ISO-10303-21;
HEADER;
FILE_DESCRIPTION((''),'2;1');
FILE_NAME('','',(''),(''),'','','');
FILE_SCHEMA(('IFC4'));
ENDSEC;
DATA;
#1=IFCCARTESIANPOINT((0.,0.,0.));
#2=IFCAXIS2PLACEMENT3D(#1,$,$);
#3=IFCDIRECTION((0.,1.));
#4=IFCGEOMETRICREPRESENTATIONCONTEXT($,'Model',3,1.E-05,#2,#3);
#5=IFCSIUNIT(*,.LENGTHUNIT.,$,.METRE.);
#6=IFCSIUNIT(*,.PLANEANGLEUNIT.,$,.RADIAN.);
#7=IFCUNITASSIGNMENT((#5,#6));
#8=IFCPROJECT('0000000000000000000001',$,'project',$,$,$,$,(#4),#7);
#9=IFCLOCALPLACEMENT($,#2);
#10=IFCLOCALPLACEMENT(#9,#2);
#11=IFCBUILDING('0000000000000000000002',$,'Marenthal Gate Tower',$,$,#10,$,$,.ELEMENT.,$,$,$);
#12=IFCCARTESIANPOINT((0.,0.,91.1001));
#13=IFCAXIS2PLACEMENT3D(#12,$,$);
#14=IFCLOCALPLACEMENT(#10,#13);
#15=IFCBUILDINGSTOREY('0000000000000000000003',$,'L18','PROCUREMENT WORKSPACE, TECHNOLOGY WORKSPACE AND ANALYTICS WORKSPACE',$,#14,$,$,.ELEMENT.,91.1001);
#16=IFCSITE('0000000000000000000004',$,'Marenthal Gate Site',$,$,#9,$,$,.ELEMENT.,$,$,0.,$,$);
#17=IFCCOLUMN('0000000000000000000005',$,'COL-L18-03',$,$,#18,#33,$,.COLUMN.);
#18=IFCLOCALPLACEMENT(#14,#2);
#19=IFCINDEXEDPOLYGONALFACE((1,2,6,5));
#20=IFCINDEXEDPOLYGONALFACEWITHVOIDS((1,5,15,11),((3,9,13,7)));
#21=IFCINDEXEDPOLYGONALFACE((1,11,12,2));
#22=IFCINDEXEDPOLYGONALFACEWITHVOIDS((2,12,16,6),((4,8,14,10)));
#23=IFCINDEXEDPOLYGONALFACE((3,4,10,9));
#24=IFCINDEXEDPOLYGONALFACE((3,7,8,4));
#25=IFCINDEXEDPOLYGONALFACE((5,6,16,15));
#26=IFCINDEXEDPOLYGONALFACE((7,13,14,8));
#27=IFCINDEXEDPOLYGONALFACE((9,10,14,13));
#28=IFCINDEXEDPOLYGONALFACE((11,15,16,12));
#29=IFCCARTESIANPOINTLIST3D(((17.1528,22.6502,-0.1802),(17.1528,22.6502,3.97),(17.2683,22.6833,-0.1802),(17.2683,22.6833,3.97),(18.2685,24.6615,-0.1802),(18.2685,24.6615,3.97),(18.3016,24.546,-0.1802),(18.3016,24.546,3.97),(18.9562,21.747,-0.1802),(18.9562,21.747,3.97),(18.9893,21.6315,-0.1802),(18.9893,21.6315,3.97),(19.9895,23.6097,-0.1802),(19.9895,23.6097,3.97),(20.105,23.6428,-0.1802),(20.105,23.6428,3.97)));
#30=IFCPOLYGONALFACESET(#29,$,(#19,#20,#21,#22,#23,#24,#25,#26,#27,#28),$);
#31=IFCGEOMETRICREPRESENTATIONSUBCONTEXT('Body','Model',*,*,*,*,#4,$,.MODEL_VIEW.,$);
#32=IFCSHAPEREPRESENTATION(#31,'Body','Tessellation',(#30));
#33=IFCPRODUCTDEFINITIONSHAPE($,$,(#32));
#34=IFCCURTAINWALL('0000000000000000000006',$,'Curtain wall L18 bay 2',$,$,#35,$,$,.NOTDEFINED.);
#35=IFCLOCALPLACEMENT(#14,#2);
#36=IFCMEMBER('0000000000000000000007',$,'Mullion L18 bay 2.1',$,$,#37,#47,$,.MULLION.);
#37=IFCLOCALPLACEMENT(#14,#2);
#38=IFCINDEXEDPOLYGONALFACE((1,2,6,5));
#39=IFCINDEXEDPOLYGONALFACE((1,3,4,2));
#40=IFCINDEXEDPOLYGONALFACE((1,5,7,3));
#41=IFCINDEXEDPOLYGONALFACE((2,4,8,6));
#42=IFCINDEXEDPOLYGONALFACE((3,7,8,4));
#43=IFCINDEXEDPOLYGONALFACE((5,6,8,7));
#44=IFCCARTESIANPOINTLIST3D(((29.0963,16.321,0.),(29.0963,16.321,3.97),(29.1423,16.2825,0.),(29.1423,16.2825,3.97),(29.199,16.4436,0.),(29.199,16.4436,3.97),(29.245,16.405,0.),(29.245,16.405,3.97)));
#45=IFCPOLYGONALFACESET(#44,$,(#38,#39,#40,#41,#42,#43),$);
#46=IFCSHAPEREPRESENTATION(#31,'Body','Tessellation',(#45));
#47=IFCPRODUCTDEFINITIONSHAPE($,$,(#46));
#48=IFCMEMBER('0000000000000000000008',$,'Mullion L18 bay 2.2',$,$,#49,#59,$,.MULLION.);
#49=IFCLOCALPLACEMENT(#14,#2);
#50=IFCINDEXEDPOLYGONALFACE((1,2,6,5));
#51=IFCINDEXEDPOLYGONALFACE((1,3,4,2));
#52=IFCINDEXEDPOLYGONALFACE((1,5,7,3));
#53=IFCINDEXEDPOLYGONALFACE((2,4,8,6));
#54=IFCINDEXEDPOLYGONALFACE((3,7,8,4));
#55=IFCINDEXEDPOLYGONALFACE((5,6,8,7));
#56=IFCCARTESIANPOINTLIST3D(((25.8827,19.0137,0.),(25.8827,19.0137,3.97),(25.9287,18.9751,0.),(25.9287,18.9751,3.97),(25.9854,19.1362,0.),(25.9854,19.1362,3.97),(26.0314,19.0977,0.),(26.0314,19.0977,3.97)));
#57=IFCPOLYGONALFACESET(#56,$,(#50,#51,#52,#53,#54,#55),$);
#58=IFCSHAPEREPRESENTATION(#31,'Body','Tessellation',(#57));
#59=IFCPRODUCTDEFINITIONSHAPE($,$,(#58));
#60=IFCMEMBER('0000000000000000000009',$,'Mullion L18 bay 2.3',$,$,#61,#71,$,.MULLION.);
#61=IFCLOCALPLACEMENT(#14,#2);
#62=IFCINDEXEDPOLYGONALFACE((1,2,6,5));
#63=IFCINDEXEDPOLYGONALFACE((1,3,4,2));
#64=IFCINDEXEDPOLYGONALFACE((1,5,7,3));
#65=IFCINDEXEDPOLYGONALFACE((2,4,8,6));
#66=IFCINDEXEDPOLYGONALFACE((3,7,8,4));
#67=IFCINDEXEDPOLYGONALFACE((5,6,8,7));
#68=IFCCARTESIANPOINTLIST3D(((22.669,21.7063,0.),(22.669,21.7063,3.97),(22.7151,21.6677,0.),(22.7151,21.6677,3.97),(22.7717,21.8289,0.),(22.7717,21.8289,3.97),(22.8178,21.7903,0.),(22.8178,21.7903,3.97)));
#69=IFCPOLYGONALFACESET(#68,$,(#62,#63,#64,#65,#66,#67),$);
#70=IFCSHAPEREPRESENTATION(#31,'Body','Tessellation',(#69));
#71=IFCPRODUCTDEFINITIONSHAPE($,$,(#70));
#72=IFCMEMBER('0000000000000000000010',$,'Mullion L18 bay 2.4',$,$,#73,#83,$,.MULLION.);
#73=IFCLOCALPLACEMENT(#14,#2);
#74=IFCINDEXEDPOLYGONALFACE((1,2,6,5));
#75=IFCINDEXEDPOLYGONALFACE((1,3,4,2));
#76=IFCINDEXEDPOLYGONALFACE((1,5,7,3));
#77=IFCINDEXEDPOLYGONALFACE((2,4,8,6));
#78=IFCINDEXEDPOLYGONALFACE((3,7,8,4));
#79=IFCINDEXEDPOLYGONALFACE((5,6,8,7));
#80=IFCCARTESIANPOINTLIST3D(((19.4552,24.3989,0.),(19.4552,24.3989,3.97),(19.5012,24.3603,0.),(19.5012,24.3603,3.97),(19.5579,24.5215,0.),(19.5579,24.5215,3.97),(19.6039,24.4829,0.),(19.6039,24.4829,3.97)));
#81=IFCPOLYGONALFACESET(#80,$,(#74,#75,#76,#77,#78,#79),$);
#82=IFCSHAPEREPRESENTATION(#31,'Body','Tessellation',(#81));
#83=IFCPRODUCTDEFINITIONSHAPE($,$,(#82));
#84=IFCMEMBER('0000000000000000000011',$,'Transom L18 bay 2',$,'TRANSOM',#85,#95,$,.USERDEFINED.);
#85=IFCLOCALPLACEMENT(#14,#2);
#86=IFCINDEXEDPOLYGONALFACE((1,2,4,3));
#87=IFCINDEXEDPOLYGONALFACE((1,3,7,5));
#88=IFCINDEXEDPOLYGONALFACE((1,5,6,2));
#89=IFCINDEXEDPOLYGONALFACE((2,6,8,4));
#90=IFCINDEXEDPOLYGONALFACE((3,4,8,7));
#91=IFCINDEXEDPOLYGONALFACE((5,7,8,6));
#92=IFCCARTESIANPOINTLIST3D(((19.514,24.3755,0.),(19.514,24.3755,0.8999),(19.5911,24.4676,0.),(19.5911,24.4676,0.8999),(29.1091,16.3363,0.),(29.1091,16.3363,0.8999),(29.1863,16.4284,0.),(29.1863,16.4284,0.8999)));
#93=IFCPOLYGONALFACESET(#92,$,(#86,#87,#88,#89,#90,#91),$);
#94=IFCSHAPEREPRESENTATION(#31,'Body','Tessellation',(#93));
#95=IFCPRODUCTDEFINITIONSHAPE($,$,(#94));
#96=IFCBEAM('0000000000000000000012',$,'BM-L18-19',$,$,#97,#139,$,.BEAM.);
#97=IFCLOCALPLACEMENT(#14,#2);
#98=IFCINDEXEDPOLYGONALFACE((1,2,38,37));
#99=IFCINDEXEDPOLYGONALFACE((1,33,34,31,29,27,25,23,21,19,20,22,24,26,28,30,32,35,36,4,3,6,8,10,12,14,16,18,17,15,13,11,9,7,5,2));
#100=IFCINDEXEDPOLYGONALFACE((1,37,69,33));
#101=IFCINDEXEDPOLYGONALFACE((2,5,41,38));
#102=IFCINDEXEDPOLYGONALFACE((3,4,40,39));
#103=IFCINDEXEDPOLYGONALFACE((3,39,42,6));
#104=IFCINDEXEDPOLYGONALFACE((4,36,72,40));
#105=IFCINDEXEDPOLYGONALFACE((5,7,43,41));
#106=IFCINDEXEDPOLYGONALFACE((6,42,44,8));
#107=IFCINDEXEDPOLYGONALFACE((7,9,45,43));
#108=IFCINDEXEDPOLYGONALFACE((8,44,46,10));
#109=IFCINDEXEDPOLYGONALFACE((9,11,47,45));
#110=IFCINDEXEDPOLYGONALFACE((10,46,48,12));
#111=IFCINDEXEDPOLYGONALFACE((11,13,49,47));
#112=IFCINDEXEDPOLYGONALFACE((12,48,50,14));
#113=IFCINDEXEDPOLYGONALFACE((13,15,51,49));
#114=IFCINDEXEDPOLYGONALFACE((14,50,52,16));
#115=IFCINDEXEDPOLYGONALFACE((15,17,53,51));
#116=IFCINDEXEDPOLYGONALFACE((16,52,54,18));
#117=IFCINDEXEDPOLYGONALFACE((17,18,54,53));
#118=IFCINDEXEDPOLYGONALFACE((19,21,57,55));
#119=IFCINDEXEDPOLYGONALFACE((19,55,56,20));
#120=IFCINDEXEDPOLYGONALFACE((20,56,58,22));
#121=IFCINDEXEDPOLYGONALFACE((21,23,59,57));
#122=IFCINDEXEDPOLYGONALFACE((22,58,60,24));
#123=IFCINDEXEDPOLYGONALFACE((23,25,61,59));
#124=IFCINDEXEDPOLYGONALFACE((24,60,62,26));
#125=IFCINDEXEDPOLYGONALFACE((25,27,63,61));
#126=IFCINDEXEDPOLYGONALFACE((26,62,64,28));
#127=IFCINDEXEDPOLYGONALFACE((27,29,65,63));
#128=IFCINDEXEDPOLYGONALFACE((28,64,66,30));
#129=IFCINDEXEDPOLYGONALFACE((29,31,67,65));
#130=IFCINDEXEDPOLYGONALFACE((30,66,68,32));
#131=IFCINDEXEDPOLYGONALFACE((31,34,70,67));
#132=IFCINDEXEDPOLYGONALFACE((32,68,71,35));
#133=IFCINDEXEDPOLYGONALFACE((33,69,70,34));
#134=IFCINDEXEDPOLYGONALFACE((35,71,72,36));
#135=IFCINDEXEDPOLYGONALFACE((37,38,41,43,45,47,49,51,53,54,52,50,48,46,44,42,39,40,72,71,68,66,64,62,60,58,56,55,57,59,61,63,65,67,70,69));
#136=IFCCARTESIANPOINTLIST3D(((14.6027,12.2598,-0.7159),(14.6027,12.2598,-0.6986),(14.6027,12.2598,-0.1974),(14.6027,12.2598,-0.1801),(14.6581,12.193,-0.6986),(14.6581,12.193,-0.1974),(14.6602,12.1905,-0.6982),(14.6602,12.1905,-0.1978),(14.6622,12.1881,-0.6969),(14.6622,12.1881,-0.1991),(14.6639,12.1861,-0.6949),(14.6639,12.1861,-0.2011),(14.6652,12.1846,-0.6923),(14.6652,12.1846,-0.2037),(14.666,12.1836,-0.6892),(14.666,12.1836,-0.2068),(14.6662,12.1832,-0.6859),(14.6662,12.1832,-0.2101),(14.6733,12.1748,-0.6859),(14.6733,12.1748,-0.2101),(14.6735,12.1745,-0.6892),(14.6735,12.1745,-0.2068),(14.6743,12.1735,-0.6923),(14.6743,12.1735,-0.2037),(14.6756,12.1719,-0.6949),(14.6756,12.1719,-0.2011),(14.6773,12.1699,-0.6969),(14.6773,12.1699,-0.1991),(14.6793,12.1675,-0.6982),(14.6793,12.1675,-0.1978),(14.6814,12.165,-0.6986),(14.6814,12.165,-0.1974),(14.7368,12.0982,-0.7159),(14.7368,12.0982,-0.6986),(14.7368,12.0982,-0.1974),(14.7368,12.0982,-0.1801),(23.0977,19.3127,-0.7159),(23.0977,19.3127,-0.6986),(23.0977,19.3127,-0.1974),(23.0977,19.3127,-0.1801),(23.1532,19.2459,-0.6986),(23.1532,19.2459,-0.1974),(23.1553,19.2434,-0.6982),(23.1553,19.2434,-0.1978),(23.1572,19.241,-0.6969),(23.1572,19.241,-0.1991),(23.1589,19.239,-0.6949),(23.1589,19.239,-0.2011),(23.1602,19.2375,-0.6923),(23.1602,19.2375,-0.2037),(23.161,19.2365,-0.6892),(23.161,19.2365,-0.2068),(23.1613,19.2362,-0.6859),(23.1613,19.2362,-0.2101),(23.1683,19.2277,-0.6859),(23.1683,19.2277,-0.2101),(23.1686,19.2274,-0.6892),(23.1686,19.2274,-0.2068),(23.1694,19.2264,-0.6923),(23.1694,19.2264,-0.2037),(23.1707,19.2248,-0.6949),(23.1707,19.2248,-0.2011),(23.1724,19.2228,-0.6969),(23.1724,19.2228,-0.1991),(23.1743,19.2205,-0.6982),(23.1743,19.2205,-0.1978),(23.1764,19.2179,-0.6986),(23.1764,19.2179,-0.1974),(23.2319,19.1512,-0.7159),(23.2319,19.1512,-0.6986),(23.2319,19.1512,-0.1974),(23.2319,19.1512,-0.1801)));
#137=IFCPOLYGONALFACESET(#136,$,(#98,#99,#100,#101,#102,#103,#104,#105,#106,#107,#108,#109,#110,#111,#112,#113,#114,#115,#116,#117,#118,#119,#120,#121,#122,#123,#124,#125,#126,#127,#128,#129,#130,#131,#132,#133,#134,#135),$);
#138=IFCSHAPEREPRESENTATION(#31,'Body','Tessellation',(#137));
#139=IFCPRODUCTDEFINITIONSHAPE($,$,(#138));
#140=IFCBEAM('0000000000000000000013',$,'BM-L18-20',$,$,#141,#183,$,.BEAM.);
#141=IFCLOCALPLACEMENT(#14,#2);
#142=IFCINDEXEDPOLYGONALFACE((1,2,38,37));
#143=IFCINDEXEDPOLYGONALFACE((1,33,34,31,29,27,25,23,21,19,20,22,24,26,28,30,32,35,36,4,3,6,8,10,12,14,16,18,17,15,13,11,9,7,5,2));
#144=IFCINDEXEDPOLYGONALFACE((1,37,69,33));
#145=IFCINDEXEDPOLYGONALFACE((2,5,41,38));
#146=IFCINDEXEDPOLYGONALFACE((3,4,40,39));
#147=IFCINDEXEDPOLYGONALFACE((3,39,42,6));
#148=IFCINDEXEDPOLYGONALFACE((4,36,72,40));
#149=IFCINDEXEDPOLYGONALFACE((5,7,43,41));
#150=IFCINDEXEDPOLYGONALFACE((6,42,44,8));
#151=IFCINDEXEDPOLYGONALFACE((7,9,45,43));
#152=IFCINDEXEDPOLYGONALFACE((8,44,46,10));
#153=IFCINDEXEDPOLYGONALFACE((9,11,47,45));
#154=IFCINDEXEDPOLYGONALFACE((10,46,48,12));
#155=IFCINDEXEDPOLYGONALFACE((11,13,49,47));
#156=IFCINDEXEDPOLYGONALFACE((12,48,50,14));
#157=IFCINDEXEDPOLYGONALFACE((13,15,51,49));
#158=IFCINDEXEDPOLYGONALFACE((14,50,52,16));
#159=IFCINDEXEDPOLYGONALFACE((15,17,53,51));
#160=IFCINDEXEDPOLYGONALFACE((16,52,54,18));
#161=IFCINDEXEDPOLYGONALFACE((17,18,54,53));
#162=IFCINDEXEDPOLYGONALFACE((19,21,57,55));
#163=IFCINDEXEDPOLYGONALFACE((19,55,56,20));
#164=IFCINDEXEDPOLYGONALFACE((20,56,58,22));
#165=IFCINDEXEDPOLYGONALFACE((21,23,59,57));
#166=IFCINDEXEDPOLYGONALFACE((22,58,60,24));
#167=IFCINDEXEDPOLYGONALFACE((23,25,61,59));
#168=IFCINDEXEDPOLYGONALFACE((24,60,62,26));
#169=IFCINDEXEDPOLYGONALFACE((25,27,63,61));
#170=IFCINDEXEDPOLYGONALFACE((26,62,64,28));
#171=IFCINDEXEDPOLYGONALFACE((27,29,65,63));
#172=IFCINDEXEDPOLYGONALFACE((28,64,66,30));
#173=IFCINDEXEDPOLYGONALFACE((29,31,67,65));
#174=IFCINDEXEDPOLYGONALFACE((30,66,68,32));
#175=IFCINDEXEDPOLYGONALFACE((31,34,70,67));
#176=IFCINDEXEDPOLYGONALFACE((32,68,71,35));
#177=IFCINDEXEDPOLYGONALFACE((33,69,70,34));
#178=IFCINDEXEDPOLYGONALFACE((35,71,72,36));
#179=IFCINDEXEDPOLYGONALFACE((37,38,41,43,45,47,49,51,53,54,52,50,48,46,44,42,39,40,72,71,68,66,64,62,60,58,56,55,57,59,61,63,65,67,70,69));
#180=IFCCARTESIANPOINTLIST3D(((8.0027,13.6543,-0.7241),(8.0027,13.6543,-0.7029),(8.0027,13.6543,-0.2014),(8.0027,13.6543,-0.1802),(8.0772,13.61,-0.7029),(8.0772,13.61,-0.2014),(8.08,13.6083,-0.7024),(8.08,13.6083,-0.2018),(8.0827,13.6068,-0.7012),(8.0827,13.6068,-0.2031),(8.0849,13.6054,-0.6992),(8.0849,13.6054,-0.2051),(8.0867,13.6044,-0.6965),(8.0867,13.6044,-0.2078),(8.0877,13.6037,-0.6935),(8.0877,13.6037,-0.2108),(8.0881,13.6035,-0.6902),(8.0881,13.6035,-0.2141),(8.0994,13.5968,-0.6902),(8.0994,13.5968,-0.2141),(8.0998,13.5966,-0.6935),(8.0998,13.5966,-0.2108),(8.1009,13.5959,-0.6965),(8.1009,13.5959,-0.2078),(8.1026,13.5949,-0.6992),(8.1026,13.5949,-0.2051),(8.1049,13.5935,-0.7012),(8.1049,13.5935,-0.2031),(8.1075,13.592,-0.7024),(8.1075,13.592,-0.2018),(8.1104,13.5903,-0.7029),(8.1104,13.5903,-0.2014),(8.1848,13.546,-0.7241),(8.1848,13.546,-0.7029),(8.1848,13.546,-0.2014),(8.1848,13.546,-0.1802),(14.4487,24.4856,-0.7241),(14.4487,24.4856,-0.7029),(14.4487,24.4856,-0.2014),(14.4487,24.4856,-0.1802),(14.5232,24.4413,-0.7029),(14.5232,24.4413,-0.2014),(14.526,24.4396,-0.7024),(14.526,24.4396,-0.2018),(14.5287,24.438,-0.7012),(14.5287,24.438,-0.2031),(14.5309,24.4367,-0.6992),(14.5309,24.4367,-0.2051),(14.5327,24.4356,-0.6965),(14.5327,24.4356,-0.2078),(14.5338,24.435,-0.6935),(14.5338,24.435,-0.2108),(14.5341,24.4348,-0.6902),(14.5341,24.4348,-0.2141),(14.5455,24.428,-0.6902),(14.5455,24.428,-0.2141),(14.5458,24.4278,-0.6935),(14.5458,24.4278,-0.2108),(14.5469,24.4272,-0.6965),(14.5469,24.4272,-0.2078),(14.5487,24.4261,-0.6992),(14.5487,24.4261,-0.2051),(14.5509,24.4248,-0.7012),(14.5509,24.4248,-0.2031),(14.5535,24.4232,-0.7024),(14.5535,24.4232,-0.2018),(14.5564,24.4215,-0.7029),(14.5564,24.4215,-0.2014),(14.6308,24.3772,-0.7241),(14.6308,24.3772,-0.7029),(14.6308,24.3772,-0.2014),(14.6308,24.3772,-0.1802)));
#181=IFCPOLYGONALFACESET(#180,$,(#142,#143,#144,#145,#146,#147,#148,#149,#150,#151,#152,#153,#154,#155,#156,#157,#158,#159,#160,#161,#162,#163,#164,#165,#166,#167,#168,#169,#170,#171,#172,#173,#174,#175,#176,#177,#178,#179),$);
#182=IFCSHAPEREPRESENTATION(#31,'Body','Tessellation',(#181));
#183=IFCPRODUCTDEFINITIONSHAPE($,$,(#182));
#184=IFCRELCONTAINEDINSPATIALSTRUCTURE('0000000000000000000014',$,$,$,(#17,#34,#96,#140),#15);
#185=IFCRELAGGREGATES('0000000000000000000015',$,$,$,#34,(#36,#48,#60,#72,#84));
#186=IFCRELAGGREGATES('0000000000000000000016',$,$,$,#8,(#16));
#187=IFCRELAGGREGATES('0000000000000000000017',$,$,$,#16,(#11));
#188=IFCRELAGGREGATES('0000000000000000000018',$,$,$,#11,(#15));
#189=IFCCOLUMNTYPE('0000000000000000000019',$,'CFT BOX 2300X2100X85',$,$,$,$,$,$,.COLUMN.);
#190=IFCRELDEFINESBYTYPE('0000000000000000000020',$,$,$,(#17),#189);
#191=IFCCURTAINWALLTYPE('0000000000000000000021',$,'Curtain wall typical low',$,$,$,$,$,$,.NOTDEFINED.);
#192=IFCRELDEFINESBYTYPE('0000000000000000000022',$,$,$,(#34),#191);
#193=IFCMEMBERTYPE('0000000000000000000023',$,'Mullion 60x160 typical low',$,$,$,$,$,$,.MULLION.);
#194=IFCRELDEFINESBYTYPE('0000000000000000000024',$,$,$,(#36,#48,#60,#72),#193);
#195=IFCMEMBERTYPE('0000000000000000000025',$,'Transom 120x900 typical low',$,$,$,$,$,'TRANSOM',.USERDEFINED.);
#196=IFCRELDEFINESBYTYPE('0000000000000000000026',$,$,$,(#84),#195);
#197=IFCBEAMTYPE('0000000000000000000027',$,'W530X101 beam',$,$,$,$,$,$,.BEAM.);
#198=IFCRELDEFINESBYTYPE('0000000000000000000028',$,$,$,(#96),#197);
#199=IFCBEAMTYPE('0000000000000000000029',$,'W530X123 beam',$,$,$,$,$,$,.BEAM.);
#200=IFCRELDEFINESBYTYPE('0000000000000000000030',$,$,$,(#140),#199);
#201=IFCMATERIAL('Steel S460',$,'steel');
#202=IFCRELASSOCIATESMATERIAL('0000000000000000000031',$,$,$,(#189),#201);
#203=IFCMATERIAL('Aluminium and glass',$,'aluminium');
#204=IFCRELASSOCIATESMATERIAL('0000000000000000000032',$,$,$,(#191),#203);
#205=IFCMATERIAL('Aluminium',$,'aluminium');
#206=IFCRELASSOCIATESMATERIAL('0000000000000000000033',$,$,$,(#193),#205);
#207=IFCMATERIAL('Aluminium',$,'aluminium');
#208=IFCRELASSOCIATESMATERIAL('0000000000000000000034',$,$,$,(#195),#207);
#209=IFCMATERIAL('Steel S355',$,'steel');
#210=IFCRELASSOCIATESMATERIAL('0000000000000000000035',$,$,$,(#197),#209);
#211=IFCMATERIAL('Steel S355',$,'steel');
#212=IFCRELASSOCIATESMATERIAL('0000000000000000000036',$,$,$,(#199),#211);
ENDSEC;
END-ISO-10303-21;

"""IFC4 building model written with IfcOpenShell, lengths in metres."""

from ifc_helpers import new_model, si_unit, direction, frame, origin, origin_2d, place, context, subcontext, project, spatial, rectangle, hollow_rectangle, i_section, extrude, material, material_profile, profile_set, type_object, element, aggregate, save


model = new_model("IFC4")

# Units and contexts
model_context = context("Model", 3, precision=1e-05, world=origin(), true_north=direction((0.0, 1.0)))
body_context = subcontext(model_context, "Body", "Model", "MODEL_VIEW")
ifc_project = project(units=[si_unit("LENGTHUNIT", "METRE"), si_unit("PLANEANGLEUNIT", "RADIAN")], contexts=[model_context])

# Site, building, storey
site_placement = place(None, origin())
site = spatial("IfcSite", under=ifc_project, at=site_placement, Name="Marenthal Gate Site", CompositionType="ELEMENT", RefElevation=0.0)
building_placement = place(site_placement, origin())
building = spatial("IfcBuilding", under=site, at=building_placement, Name="Marenthal Gate Tower", CompositionType="ELEMENT")
storey_placement = place(building_placement, frame((0.0, 0.0, 91.1001)))
storey = spatial("IfcBuildingStorey", under=building, at=storey_placement, Name="L18", Description="PROCUREMENT WORKSPACE, TECHNOLOGY WORKSPACE AND ANALYTICS WORKSPACE", CompositionType="ELEMENT", Elevation=91.1001)

# Column
ifc_material_1 = material(Name="Steel S460", Category="steel")
ifc_material_profile_1 = material_profile(ifc_material_1, hollow_rectangle(XDim=2.1001, YDim=2.3, WallThickness=0.085, at=origin_2d()), Name="CFT BOX 2300X2100X85")
ifc_material_2 = material(Name="Concrete 70 MPa", Category="concrete")
ifc_material_profile_2 = material_profile(ifc_material_2, rectangle(XDim=1.9299, YDim=2.1299, at=origin_2d()), Name="CFT BOX 2300X2100X85 INFILL")
ifc_profile_set_1 = profile_set([ifc_material_profile_1, ifc_material_profile_2], Name="Steel S460 shell, Concrete 70 MPa infill")
column_type = type_object("IfcColumnType", Name="CFT BOX 2300X2100X85", PredefinedType="COLUMN", material=ifc_profile_set_1)
column_placement = place(storey_placement, frame((18.6289, 23.1465, -0.1802), z_axis=(0.0, 0.0, 1.0), x_axis=(0.874462, -0.485094, 0.0)))
element("IfcColumn", 1, at=column_placement, inside=storey, type_object=column_type, Name="COL-L18-03", PredefinedType="COLUMN", context=body_context, shape_type="SweptSolid", body=[
    extrude(hollow_rectangle(XDim=2.1001, YDim=2.3, WallThickness=0.085, at=origin_2d()), origin(), (0.0, 0.0, 1.0), 4.1501),
])

# Curtain wall, members
ifc_material_3 = material(Name="Aluminium and glass", Category="aluminium")
curtain_wall_type = type_object("IfcCurtainWallType", Name="Curtain wall typical low", PredefinedType="NOTDEFINED", material=ifc_material_3)
curtain_wall_placement = place(storey_placement, origin())
curtain_wall = element("IfcCurtainWall", 2, at=curtain_wall_placement, inside=storey, type_object=curtain_wall_type, Name="Curtain wall L18 bay 2", PredefinedType="NOTDEFINED")
ifc_material_4 = material(Name="Aluminium", Category="aluminium")
ifc_material_profile_3 = material_profile(ifc_material_4, rectangle(XDim=0.1599, YDim=0.0601, at=origin_2d()), Name="60x160 aluminium mullion")
ifc_profile_set_2 = profile_set([ifc_material_profile_3], Name="Aluminium")
member_type_1 = type_object("IfcMemberType", Name="Mullion 60x160 typical low", PredefinedType="MULLION", material=ifc_profile_set_2)
member_1_placement = place(storey_placement, frame((29.1707, 16.363, 0.0), z_axis=(0.0, 0.0, 1.0), x_axis=(-0.642228, -0.766513, 0.0)))
member_1 = element("IfcMember", 3, at=member_1_placement, type_object=member_type_1, Name="Mullion L18 bay 2.1", PredefinedType="MULLION", context=body_context, shape_type="SweptSolid", body=[
    extrude(rectangle(XDim=0.1599, YDim=0.0601, at=origin_2d()), origin(), (0.0, 0.0, 1.0), 3.97),
])
member_2_placement = place(storey_placement, frame((25.957, 19.0557, 0.0), z_axis=(0.0, 0.0, 1.0), x_axis=(-0.642228, -0.766513, 0.0)))
member_2 = element("IfcMember", 4, at=member_2_placement, type_object=member_type_1, Name="Mullion L18 bay 2.2", PredefinedType="MULLION", context=body_context, shape_type="SweptSolid", body=[
    extrude(rectangle(XDim=0.1599, YDim=0.0601, at=origin_2d()), origin(), (0.0, 0.0, 1.0), 3.97),
])
member_3_placement = place(storey_placement, frame((22.7434, 21.7483, 0.0), z_axis=(0.0, 0.0, 1.0), x_axis=(-0.642228, -0.766513, 0.0)))
member_3 = element("IfcMember", 5, at=member_3_placement, type_object=member_type_1, Name="Mullion L18 bay 2.3", PredefinedType="MULLION", context=body_context, shape_type="SweptSolid", body=[
    extrude(rectangle(XDim=0.1599, YDim=0.0601, at=origin_2d()), origin(), (0.0, 0.0, 1.0), 3.97),
])
member_4_placement = place(storey_placement, frame((19.5295, 24.4409, 0.0), z_axis=(0.0, 0.0, 1.0), x_axis=(-0.642228, -0.766513, 0.0)))
member_4 = element("IfcMember", 6, at=member_4_placement, type_object=member_type_1, Name="Mullion L18 bay 2.4", PredefinedType="MULLION", context=body_context, shape_type="SweptSolid", body=[
    extrude(rectangle(XDim=0.1599, YDim=0.0601, at=origin_2d()), origin(), (0.0, 0.0, 1.0), 3.97),
])
ifc_material_5 = material(Name="Aluminium", Category="aluminium")
ifc_material_profile_4 = material_profile(ifc_material_5, rectangle(XDim=0.1201, YDim=0.8999, at=origin_2d()), Name="120x900 aluminium transom")
ifc_profile_set_3 = profile_set([ifc_material_profile_4], Name="Aluminium")
member_type_2 = type_object("IfcMemberType", Name="Transom 120x900 typical low", ElementType="TRANSOM", PredefinedType="USERDEFINED", material=ifc_profile_set_3)
member_5_placement = place(storey_placement, frame((29.1477, 16.3823, 0.45), z_axis=(-0.766518, 0.642223, 0.0), x_axis=(-0.642223, -0.766518, 0.0)))
member_5 = element("IfcMember", 7, at=member_5_placement, type_object=member_type_2, Name="Transom L18 bay 2", ObjectType="TRANSOM", PredefinedType="USERDEFINED", context=body_context, shape_type="SweptSolid", body=[
    extrude(rectangle(XDim=0.1201, YDim=0.8999, at=origin_2d()), origin(), (0.0, 0.0, 1.0), 12.5178),
])

# Beams
ifc_material_6 = material(Name="Steel S355", Category="steel")
ifc_material_profile_5 = material_profile(ifc_material_6, i_section(OverallWidth=0.21, OverallDepth=0.5359, WebThickness=0.011, FlangeThickness=0.0173, FilletRadius=0.0127, at=origin_2d()), Name="W530X101")
ifc_profile_set_4 = profile_set([ifc_material_profile_5], Name="Steel S355")
beam_type_1 = type_object("IfcBeamType", Name="W530X101 beam", PredefinedType="BEAM", material=ifc_profile_set_4)
beam_1_placement = place(storey_placement, frame((23.1648, 19.2319, -0.448), z_axis=(-0.769391, -0.638778, 0.0), x_axis=(0.638778, -0.769391, 0.0)))
element("IfcBeam", 8, at=beam_1_placement, inside=storey, type_object=beam_type_1, Name="BM-L18-19", PredefinedType="BEAM", context=body_context, shape_type="SweptSolid", body=[
    extrude(i_section(OverallWidth=0.21, OverallDepth=0.5359, WebThickness=0.011, FlangeThickness=0.0173, FilletRadius=0.0127, at=origin_2d()), origin(), (0.0, 0.0, 1.0), 11.0413),
])
ifc_material_7 = material(Name="Steel S355", Category="steel")
ifc_material_profile_6 = material_profile(ifc_material_7, i_section(OverallWidth=0.2119, OverallDepth=0.5439, WebThickness=0.0132, FlangeThickness=0.0212, FilletRadius=0.0127, at=origin_2d()), Name="W530X123")
ifc_profile_set_5 = profile_set([ifc_material_profile_6], Name="Steel S355")
beam_type_2 = type_object("IfcBeamType", Name="W530X123 beam", PredefinedType="BEAM", material=ifc_profile_set_5)
beam_2_placement = place(storey_placement, frame((14.5398, 24.4314, -0.4521), z_axis=(-0.511416, -0.859333, 0.0), x_axis=(0.859333, -0.511416, 0.0)))
element("IfcBeam", 9, at=beam_2_placement, inside=storey, type_object=beam_type_2, Name="BM-L18-20", PredefinedType="BEAM", context=body_context, shape_type="SweptSolid", body=[
    extrude(i_section(OverallWidth=0.2119, OverallDepth=0.5439, WebThickness=0.0132, FlangeThickness=0.0212, FilletRadius=0.0127, at=origin_2d()), origin(), (0.0, 0.0, 1.0), 12.6042),
])

aggregate(curtain_wall, [member_1, member_2, member_3, member_4, member_5])

save(model, "model.ifc")
